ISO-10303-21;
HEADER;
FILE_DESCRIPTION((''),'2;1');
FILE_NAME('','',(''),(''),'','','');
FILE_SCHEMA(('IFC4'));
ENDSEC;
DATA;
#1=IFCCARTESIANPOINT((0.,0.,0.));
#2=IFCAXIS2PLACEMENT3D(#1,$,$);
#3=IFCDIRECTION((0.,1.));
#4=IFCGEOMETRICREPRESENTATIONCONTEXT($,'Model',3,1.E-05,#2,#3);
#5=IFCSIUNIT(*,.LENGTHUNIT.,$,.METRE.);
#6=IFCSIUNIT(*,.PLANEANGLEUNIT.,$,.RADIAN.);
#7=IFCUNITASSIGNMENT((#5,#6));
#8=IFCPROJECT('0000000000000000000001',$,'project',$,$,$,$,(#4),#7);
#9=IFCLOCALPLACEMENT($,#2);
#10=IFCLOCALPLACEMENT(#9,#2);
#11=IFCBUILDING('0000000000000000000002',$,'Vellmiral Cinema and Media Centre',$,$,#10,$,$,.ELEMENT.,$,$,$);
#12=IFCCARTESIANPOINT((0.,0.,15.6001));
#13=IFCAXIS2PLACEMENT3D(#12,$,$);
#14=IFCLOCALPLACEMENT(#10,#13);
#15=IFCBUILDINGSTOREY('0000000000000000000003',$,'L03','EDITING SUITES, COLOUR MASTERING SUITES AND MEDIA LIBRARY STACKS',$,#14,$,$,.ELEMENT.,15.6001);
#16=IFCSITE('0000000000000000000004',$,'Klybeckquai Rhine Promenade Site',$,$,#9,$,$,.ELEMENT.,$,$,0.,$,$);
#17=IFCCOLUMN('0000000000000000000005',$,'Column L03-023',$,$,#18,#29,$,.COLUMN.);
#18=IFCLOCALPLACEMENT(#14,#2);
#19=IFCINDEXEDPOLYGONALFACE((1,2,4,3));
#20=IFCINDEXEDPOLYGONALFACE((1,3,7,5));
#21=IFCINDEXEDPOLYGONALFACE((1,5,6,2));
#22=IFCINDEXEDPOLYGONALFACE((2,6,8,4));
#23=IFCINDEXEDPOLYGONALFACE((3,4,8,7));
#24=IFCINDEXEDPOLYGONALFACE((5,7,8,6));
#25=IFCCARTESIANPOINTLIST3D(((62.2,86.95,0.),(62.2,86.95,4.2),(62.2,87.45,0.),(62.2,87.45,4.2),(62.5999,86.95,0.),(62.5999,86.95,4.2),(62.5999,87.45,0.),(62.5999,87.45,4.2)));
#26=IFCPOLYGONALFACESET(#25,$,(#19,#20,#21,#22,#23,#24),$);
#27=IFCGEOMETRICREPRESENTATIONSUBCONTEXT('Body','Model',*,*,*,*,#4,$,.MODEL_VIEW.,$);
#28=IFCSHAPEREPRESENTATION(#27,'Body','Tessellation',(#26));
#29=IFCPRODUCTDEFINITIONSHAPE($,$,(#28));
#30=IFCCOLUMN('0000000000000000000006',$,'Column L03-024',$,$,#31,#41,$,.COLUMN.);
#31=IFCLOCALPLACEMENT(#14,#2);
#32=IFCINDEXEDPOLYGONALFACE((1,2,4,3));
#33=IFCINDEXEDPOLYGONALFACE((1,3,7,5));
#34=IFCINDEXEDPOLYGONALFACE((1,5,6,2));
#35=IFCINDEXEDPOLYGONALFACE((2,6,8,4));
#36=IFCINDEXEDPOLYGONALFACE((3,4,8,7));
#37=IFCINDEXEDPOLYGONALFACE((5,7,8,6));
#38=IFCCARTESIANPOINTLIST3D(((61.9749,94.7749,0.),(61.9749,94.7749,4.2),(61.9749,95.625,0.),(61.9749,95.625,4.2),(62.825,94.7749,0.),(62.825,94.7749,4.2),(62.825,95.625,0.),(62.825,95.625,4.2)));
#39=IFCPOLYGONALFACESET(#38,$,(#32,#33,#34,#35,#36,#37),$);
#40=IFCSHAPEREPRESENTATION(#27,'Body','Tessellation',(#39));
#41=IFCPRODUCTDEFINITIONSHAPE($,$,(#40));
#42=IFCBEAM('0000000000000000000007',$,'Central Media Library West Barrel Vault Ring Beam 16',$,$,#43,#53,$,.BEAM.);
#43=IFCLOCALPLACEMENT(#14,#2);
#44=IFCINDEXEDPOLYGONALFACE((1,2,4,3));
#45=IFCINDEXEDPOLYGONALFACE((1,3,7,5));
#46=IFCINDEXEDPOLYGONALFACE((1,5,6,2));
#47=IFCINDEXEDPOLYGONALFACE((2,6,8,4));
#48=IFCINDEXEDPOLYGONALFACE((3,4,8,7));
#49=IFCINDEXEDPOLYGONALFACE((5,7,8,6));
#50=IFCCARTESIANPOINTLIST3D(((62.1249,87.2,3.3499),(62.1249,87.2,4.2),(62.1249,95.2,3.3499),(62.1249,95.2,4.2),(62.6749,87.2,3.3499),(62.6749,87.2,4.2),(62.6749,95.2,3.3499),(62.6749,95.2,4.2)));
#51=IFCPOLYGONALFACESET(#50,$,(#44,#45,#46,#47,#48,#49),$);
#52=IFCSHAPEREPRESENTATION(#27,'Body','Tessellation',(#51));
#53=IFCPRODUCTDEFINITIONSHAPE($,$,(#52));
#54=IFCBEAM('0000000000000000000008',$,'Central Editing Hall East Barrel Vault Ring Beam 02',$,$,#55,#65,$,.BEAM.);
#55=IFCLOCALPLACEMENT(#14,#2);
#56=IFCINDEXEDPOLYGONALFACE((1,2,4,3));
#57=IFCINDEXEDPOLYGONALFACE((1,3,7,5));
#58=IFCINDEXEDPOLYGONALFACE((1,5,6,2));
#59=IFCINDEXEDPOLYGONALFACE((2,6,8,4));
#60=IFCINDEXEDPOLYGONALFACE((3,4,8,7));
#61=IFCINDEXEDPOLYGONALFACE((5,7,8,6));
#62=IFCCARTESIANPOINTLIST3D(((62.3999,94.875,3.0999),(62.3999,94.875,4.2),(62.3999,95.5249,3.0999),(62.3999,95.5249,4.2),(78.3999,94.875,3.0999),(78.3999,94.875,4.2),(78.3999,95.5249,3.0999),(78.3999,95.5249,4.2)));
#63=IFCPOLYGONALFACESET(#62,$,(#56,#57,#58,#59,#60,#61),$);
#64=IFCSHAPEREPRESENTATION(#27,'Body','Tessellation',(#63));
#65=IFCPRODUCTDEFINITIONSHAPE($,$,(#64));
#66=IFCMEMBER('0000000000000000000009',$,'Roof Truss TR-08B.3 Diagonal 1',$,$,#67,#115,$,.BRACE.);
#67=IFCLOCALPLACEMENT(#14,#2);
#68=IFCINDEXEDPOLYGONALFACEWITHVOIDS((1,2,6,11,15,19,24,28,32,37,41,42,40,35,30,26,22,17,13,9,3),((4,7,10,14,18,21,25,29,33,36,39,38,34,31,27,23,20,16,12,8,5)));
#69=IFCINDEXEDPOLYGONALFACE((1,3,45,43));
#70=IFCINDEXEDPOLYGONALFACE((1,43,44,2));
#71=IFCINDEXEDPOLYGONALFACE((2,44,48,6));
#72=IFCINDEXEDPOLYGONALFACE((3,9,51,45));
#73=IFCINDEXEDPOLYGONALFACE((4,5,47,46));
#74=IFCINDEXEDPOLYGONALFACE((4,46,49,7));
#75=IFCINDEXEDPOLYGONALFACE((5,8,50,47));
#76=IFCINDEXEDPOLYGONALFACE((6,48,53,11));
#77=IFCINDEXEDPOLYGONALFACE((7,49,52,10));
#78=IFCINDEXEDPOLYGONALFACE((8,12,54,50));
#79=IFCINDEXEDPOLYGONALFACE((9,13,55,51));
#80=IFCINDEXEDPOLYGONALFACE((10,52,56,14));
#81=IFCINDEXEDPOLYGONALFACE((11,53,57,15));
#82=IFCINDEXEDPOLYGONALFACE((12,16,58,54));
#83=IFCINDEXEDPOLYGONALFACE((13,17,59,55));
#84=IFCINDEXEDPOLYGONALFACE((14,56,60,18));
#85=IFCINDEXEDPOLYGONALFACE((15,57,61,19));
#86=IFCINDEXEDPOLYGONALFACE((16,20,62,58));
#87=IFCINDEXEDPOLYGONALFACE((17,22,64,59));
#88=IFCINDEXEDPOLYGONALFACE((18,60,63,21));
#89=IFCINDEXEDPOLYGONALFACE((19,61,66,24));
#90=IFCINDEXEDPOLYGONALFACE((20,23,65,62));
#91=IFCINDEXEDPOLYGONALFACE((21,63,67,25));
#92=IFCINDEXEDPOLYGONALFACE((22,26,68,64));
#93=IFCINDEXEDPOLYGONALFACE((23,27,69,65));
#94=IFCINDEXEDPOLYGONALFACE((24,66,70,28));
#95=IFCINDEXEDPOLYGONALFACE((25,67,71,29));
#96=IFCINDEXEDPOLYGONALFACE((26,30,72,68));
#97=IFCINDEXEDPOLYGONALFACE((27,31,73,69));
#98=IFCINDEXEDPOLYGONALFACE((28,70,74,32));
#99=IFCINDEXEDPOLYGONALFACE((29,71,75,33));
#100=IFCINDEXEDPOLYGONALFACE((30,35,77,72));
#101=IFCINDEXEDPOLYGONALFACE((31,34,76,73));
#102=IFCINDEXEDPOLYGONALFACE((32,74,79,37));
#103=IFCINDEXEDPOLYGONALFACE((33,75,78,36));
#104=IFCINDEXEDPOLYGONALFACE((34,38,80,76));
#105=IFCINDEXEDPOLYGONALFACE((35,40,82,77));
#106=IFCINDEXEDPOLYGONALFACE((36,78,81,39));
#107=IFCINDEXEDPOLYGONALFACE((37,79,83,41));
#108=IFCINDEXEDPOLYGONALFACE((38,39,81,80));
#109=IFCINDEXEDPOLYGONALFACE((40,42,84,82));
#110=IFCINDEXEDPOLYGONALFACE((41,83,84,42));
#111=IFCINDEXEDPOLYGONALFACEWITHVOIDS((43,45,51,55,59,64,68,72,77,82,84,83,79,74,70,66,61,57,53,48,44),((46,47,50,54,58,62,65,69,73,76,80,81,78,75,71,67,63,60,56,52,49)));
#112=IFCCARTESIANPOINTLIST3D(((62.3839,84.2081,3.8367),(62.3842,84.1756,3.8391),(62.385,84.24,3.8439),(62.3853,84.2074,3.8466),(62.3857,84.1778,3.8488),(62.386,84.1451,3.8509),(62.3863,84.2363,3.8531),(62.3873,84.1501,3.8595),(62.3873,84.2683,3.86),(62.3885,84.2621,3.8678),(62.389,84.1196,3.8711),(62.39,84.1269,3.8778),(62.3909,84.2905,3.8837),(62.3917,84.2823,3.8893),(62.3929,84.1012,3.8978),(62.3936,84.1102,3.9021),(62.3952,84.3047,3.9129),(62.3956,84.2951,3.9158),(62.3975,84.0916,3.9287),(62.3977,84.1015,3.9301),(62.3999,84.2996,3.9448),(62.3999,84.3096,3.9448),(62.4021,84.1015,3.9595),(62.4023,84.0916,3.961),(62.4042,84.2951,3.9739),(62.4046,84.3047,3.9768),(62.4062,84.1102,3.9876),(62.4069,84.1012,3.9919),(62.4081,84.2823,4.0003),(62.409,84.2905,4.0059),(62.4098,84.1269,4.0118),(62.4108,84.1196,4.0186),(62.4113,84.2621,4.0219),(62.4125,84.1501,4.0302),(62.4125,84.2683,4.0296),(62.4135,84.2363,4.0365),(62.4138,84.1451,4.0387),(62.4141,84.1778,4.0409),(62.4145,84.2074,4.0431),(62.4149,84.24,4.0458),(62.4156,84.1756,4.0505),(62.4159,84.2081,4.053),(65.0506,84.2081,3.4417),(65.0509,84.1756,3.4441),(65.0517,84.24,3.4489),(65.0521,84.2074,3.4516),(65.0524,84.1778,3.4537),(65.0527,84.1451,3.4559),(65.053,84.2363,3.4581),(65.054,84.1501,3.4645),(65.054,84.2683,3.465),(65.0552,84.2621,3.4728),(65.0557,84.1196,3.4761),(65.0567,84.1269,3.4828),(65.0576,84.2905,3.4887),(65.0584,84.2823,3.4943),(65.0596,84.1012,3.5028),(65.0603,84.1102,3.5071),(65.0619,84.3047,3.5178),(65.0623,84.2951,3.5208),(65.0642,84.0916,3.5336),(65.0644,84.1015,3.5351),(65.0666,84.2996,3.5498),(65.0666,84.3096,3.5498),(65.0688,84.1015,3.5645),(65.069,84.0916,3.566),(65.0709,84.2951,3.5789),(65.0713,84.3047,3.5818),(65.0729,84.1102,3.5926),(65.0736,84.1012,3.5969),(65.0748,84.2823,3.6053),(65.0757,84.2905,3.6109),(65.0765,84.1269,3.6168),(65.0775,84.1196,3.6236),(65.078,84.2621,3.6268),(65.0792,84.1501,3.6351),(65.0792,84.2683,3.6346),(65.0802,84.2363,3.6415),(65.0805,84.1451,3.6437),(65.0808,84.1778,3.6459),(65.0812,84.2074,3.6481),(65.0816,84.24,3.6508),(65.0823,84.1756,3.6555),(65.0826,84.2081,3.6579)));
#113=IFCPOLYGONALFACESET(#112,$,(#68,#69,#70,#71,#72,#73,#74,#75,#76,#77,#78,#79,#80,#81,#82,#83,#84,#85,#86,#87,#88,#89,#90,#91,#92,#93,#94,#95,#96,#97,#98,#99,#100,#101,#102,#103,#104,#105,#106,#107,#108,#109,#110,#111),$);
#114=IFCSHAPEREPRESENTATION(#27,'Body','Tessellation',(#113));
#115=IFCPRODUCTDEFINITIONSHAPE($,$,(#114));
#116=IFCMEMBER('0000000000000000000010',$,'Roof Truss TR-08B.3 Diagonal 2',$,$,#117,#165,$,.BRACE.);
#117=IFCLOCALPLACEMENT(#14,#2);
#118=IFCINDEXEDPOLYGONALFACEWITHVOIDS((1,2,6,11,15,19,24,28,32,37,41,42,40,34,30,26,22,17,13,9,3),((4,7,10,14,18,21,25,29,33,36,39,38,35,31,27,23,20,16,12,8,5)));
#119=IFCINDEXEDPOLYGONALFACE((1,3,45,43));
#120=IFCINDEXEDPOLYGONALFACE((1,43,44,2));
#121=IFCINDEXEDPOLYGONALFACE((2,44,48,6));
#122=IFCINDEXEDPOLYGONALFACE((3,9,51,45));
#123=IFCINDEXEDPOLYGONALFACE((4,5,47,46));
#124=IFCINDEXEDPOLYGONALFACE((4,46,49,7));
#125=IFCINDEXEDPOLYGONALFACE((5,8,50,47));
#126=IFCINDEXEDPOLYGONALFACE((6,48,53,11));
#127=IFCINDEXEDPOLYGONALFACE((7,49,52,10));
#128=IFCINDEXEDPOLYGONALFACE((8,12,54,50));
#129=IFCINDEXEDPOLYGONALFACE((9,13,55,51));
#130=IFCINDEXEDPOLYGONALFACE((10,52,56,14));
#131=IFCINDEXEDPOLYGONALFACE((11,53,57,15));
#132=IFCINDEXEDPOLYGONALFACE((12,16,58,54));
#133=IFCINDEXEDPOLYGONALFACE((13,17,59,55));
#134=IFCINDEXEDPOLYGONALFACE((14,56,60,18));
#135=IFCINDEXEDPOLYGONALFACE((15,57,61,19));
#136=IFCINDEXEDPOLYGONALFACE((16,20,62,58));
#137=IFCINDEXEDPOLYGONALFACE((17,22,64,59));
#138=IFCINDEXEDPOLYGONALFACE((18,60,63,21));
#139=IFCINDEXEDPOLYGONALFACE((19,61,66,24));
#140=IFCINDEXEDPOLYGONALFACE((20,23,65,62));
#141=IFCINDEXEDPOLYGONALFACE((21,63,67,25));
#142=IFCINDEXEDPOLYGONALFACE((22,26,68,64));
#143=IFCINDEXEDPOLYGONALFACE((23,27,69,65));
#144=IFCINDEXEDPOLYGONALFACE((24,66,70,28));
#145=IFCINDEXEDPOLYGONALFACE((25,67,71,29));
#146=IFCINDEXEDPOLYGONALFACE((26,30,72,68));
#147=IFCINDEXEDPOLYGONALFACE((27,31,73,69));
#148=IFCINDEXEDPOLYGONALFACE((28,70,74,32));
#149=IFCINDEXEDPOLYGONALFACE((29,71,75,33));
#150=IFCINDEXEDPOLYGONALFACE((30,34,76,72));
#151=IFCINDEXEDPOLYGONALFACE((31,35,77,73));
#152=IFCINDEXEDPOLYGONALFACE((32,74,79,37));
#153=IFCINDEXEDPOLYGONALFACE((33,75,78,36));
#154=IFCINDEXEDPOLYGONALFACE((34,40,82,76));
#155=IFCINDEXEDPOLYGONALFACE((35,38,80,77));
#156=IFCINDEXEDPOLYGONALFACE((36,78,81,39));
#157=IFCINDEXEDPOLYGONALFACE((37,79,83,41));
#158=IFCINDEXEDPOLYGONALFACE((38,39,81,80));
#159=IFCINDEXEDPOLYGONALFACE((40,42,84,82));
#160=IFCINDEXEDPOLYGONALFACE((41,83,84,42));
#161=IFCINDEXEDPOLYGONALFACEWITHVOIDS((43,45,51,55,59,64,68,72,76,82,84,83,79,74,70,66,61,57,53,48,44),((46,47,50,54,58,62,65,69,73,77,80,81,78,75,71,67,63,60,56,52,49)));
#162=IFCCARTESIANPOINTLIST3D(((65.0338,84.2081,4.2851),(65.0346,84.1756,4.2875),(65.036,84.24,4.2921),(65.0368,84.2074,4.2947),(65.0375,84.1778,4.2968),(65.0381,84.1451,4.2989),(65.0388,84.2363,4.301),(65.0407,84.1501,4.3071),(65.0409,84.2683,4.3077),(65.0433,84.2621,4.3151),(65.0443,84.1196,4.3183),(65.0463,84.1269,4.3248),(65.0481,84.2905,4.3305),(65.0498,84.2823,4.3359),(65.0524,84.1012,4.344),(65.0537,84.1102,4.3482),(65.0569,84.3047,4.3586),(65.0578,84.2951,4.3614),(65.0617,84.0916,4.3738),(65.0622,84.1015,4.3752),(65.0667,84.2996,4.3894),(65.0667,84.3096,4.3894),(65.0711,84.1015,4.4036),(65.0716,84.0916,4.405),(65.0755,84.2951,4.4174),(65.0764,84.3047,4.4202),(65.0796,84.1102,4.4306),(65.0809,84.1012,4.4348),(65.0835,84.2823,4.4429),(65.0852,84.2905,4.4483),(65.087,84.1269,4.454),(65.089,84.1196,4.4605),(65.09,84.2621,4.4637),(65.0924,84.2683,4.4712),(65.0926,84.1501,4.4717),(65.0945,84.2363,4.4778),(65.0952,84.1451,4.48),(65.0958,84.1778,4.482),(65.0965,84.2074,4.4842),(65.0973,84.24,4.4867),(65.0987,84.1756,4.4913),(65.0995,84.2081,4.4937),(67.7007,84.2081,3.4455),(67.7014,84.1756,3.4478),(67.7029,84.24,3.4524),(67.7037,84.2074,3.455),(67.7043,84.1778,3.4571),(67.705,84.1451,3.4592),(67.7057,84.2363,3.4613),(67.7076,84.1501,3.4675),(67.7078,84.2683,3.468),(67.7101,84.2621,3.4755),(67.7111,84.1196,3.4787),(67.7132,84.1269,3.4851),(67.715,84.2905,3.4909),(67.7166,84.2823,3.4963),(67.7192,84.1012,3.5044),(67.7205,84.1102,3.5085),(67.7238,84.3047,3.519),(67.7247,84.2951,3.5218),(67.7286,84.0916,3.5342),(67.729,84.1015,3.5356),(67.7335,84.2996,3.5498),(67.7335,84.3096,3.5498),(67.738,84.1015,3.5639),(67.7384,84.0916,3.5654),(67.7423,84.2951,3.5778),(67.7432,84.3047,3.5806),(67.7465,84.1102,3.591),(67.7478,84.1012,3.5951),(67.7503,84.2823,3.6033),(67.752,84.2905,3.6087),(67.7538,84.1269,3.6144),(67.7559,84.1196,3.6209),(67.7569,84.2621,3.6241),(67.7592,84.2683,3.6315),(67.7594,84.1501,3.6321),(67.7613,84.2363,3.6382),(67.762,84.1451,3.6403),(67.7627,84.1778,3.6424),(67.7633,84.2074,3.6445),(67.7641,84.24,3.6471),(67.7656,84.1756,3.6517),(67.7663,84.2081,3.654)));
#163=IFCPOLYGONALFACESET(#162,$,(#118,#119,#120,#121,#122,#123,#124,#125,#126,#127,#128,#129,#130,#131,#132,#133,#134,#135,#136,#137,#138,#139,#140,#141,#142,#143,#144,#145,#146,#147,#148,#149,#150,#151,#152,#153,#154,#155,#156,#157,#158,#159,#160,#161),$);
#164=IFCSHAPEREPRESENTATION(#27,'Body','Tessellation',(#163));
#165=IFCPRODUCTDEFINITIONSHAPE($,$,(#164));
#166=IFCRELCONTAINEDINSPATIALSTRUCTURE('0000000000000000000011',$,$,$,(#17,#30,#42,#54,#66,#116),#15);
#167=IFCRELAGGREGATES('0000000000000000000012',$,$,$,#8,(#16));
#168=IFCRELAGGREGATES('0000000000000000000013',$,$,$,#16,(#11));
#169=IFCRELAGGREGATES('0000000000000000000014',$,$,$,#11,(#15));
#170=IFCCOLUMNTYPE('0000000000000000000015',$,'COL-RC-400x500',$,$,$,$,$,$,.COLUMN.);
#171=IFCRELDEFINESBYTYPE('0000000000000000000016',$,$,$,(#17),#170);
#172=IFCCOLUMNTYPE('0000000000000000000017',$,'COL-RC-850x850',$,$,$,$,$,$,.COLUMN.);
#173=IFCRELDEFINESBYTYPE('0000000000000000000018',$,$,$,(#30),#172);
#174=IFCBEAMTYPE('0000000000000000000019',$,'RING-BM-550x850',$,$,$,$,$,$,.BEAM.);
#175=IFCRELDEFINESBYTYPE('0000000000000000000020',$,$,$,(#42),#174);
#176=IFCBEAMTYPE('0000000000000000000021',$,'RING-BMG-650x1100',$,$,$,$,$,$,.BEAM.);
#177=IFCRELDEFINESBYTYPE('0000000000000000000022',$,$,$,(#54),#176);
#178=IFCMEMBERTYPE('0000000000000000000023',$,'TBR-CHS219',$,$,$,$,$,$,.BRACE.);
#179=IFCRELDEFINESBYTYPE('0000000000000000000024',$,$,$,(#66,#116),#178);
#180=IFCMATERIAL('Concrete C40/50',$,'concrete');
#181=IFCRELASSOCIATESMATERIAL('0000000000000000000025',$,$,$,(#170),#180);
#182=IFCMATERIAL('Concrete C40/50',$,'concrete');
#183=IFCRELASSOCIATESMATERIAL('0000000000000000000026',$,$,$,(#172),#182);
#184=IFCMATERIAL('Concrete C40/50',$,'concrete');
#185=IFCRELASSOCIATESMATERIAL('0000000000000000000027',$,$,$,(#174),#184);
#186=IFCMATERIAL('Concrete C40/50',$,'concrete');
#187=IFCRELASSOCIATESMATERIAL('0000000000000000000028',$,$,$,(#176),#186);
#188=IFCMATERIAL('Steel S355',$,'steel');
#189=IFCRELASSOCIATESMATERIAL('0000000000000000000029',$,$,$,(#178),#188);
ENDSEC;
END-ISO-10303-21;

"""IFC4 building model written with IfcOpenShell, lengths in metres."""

from ifc_helpers import new_model, si_unit, direction, frame, origin, origin_2d, place, context, subcontext, project, spatial, rectangle, hollow_circle, extrude, material, material_profile, profile_set, type_object, element, save


model = new_model("IFC4")

# Units and contexts
model_context = context("Model", 3, precision=1e-05, world=origin(), true_north=direction((0.0, 1.0)))
body_context = subcontext(model_context, "Body", "Model", "MODEL_VIEW")
ifc_project = project(units=[si_unit("LENGTHUNIT", "METRE"), si_unit("PLANEANGLEUNIT", "RADIAN")], contexts=[model_context])

# Site, building, storey
site_placement = place(None, origin())
site = spatial("IfcSite", under=ifc_project, at=site_placement, Name="Klybeckquai Rhine Promenade Site", CompositionType="ELEMENT", RefElevation=0.0)
building_placement = place(site_placement, origin())
building = spatial("IfcBuilding", under=site, at=building_placement, Name="Vellmiral Cinema and Media Centre", CompositionType="ELEMENT")
storey_placement = place(building_placement, frame((0.0, 0.0, 15.6001)))
storey = spatial("IfcBuildingStorey", under=building, at=storey_placement, Name="L03", Description="EDITING SUITES, COLOUR MASTERING SUITES AND MEDIA LIBRARY STACKS", CompositionType="ELEMENT", Elevation=15.6001)

# Columns
ifc_material_1 = material(Name="Concrete C40/50", Category="concrete")
ifc_material_profile_1 = material_profile(ifc_material_1, rectangle(XDim=0.3999, YDim=0.5, at=origin_2d()), Name="RC 400x500")
ifc_profile_set_1 = profile_set([ifc_material_profile_1], Name="Concrete C40/50")
column_type_1 = type_object("IfcColumnType", Name="COL-RC-400x500", PredefinedType="COLUMN", material=ifc_profile_set_1)
column_1_placement = place(storey_placement, frame((62.3999, 87.2, 0.0), z_axis=(0.0, 0.0, 1.0), x_axis=(1.0, 0.0, 0.0)))
element("IfcColumn", 1, at=column_1_placement, inside=storey, type_object=column_type_1, Name="Column L03-023", PredefinedType="COLUMN", context=body_context, shape_type="SweptSolid", body=[
    extrude(rectangle(XDim=0.3999, YDim=0.5, at=origin_2d()), origin(), (0.0, 0.0, 1.0), 4.2),
])
ifc_material_2 = material(Name="Concrete C40/50", Category="concrete")
ifc_material_profile_2 = material_profile(ifc_material_2, rectangle(XDim=0.8501, YDim=0.8501, at=origin_2d()), Name="RC 850x850")
ifc_profile_set_2 = profile_set([ifc_material_profile_2], Name="Concrete C40/50")
column_type_2 = type_object("IfcColumnType", Name="COL-RC-850x850", PredefinedType="COLUMN", material=ifc_profile_set_2)
column_2_placement = place(storey_placement, frame((62.3999, 95.2, 0.0), z_axis=(0.0, 0.0, 1.0), x_axis=(1.0, 0.0, 0.0)))
element("IfcColumn", 2, at=column_2_placement, inside=storey, type_object=column_type_2, Name="Column L03-024", PredefinedType="COLUMN", context=body_context, shape_type="SweptSolid", body=[
    extrude(rectangle(XDim=0.8501, YDim=0.8501, at=origin_2d()), origin(), (0.0, 0.0, 1.0), 4.2),
])

# Beams
ifc_material_3 = material(Name="Concrete C40/50", Category="concrete")
ifc_material_profile_3 = material_profile(ifc_material_3, rectangle(XDim=0.55, YDim=0.8501, at=origin_2d()), Name="RC 550x850")
ifc_profile_set_3 = profile_set([ifc_material_profile_3], Name="Concrete C40/50")
beam_type_1 = type_object("IfcBeamType", Name="RING-BM-550x850", PredefinedType="BEAM", material=ifc_profile_set_3)
beam_1_placement = place(storey_placement, frame((62.3999, 87.2, 3.7749), z_axis=(0.0, 1.0, 0.0), x_axis=(-1.0, 0.0, 0.0)))
element("IfcBeam", 3, at=beam_1_placement, inside=storey, type_object=beam_type_1, Name="Central Media Library West Barrel Vault Ring Beam 16", PredefinedType="BEAM", context=body_context, shape_type="SweptSolid", body=[
    extrude(rectangle(XDim=0.55, YDim=0.8501, at=origin_2d()), origin(), (0.0, 0.0, 1.0), 8.0),
])
ifc_material_4 = material(Name="Concrete C40/50", Category="concrete")
ifc_material_profile_4 = material_profile(ifc_material_4, rectangle(XDim=0.6499, YDim=1.1001, at=origin_2d()), Name="RC 650x1100")
ifc_profile_set_4 = profile_set([ifc_material_profile_4], Name="Concrete C40/50")
beam_type_2 = type_object("IfcBeamType", Name="RING-BMG-650x1100", PredefinedType="BEAM", material=ifc_profile_set_4)
beam_2_placement = place(storey_placement, frame((62.3999, 95.2, 3.6499), z_axis=(1.0, 0.0, 0.0), x_axis=(0.0, 1.0, 0.0)))
element("IfcBeam", 4, at=beam_2_placement, inside=storey, type_object=beam_type_2, Name="Central Editing Hall East Barrel Vault Ring Beam 02", PredefinedType="BEAM", context=body_context, shape_type="SweptSolid", body=[
    extrude(rectangle(XDim=0.6499, YDim=1.1001, at=origin_2d()), origin(), (0.0, 0.0, 1.0), 16.0),
])

# Members
ifc_material_5 = material(Name="Steel S355", Category="steel")
ifc_material_profile_5 = material_profile(ifc_material_5, hollow_circle(Radius=0.1096, WallThickness=0.01, at=origin_2d()), Name="CHS 219.1x10.0")
ifc_profile_set_5 = profile_set([ifc_material_profile_5], Name="Steel S355")
member_type_1 = type_object("IfcMemberType", Name="TBR-CHS219", PredefinedType="BRACE", material=ifc_profile_set_5)
member_1_placement = place(storey_placement, frame((62.3999, 84.2, 3.9448), z_axis=(0.989206, 0.0, -0.146529), x_axis=(0.0, 1.0, 0.0)))
element("IfcMember", 5, at=member_1_placement, inside=storey, type_object=member_type_1, Name="Roof Truss TR-08B.3 Diagonal 1", PredefinedType="BRACE", context=body_context, shape_type="SweptSolid", body=[
    extrude(hollow_circle(Radius=0.1096, WallThickness=0.01, at=origin_2d()), origin(), (0.0, 0.0, 1.0), 2.6958),
])
member_2_placement = place(storey_placement, frame((65.0667, 84.2, 4.3894), z_axis=(0.953842, 0.0, -0.300308), x_axis=(0.0, 1.0, 0.0)))
element("IfcMember", 6, at=member_2_placement, inside=storey, type_object=member_type_1, Name="Roof Truss TR-08B.3 Diagonal 2", PredefinedType="BRACE", context=body_context, shape_type="SweptSolid", body=[
    extrude(hollow_circle(Radius=0.1096, WallThickness=0.01, at=origin_2d()), origin(), (0.0, 0.0, 1.0), 2.7959),
])

save(model, "model.ifc")
